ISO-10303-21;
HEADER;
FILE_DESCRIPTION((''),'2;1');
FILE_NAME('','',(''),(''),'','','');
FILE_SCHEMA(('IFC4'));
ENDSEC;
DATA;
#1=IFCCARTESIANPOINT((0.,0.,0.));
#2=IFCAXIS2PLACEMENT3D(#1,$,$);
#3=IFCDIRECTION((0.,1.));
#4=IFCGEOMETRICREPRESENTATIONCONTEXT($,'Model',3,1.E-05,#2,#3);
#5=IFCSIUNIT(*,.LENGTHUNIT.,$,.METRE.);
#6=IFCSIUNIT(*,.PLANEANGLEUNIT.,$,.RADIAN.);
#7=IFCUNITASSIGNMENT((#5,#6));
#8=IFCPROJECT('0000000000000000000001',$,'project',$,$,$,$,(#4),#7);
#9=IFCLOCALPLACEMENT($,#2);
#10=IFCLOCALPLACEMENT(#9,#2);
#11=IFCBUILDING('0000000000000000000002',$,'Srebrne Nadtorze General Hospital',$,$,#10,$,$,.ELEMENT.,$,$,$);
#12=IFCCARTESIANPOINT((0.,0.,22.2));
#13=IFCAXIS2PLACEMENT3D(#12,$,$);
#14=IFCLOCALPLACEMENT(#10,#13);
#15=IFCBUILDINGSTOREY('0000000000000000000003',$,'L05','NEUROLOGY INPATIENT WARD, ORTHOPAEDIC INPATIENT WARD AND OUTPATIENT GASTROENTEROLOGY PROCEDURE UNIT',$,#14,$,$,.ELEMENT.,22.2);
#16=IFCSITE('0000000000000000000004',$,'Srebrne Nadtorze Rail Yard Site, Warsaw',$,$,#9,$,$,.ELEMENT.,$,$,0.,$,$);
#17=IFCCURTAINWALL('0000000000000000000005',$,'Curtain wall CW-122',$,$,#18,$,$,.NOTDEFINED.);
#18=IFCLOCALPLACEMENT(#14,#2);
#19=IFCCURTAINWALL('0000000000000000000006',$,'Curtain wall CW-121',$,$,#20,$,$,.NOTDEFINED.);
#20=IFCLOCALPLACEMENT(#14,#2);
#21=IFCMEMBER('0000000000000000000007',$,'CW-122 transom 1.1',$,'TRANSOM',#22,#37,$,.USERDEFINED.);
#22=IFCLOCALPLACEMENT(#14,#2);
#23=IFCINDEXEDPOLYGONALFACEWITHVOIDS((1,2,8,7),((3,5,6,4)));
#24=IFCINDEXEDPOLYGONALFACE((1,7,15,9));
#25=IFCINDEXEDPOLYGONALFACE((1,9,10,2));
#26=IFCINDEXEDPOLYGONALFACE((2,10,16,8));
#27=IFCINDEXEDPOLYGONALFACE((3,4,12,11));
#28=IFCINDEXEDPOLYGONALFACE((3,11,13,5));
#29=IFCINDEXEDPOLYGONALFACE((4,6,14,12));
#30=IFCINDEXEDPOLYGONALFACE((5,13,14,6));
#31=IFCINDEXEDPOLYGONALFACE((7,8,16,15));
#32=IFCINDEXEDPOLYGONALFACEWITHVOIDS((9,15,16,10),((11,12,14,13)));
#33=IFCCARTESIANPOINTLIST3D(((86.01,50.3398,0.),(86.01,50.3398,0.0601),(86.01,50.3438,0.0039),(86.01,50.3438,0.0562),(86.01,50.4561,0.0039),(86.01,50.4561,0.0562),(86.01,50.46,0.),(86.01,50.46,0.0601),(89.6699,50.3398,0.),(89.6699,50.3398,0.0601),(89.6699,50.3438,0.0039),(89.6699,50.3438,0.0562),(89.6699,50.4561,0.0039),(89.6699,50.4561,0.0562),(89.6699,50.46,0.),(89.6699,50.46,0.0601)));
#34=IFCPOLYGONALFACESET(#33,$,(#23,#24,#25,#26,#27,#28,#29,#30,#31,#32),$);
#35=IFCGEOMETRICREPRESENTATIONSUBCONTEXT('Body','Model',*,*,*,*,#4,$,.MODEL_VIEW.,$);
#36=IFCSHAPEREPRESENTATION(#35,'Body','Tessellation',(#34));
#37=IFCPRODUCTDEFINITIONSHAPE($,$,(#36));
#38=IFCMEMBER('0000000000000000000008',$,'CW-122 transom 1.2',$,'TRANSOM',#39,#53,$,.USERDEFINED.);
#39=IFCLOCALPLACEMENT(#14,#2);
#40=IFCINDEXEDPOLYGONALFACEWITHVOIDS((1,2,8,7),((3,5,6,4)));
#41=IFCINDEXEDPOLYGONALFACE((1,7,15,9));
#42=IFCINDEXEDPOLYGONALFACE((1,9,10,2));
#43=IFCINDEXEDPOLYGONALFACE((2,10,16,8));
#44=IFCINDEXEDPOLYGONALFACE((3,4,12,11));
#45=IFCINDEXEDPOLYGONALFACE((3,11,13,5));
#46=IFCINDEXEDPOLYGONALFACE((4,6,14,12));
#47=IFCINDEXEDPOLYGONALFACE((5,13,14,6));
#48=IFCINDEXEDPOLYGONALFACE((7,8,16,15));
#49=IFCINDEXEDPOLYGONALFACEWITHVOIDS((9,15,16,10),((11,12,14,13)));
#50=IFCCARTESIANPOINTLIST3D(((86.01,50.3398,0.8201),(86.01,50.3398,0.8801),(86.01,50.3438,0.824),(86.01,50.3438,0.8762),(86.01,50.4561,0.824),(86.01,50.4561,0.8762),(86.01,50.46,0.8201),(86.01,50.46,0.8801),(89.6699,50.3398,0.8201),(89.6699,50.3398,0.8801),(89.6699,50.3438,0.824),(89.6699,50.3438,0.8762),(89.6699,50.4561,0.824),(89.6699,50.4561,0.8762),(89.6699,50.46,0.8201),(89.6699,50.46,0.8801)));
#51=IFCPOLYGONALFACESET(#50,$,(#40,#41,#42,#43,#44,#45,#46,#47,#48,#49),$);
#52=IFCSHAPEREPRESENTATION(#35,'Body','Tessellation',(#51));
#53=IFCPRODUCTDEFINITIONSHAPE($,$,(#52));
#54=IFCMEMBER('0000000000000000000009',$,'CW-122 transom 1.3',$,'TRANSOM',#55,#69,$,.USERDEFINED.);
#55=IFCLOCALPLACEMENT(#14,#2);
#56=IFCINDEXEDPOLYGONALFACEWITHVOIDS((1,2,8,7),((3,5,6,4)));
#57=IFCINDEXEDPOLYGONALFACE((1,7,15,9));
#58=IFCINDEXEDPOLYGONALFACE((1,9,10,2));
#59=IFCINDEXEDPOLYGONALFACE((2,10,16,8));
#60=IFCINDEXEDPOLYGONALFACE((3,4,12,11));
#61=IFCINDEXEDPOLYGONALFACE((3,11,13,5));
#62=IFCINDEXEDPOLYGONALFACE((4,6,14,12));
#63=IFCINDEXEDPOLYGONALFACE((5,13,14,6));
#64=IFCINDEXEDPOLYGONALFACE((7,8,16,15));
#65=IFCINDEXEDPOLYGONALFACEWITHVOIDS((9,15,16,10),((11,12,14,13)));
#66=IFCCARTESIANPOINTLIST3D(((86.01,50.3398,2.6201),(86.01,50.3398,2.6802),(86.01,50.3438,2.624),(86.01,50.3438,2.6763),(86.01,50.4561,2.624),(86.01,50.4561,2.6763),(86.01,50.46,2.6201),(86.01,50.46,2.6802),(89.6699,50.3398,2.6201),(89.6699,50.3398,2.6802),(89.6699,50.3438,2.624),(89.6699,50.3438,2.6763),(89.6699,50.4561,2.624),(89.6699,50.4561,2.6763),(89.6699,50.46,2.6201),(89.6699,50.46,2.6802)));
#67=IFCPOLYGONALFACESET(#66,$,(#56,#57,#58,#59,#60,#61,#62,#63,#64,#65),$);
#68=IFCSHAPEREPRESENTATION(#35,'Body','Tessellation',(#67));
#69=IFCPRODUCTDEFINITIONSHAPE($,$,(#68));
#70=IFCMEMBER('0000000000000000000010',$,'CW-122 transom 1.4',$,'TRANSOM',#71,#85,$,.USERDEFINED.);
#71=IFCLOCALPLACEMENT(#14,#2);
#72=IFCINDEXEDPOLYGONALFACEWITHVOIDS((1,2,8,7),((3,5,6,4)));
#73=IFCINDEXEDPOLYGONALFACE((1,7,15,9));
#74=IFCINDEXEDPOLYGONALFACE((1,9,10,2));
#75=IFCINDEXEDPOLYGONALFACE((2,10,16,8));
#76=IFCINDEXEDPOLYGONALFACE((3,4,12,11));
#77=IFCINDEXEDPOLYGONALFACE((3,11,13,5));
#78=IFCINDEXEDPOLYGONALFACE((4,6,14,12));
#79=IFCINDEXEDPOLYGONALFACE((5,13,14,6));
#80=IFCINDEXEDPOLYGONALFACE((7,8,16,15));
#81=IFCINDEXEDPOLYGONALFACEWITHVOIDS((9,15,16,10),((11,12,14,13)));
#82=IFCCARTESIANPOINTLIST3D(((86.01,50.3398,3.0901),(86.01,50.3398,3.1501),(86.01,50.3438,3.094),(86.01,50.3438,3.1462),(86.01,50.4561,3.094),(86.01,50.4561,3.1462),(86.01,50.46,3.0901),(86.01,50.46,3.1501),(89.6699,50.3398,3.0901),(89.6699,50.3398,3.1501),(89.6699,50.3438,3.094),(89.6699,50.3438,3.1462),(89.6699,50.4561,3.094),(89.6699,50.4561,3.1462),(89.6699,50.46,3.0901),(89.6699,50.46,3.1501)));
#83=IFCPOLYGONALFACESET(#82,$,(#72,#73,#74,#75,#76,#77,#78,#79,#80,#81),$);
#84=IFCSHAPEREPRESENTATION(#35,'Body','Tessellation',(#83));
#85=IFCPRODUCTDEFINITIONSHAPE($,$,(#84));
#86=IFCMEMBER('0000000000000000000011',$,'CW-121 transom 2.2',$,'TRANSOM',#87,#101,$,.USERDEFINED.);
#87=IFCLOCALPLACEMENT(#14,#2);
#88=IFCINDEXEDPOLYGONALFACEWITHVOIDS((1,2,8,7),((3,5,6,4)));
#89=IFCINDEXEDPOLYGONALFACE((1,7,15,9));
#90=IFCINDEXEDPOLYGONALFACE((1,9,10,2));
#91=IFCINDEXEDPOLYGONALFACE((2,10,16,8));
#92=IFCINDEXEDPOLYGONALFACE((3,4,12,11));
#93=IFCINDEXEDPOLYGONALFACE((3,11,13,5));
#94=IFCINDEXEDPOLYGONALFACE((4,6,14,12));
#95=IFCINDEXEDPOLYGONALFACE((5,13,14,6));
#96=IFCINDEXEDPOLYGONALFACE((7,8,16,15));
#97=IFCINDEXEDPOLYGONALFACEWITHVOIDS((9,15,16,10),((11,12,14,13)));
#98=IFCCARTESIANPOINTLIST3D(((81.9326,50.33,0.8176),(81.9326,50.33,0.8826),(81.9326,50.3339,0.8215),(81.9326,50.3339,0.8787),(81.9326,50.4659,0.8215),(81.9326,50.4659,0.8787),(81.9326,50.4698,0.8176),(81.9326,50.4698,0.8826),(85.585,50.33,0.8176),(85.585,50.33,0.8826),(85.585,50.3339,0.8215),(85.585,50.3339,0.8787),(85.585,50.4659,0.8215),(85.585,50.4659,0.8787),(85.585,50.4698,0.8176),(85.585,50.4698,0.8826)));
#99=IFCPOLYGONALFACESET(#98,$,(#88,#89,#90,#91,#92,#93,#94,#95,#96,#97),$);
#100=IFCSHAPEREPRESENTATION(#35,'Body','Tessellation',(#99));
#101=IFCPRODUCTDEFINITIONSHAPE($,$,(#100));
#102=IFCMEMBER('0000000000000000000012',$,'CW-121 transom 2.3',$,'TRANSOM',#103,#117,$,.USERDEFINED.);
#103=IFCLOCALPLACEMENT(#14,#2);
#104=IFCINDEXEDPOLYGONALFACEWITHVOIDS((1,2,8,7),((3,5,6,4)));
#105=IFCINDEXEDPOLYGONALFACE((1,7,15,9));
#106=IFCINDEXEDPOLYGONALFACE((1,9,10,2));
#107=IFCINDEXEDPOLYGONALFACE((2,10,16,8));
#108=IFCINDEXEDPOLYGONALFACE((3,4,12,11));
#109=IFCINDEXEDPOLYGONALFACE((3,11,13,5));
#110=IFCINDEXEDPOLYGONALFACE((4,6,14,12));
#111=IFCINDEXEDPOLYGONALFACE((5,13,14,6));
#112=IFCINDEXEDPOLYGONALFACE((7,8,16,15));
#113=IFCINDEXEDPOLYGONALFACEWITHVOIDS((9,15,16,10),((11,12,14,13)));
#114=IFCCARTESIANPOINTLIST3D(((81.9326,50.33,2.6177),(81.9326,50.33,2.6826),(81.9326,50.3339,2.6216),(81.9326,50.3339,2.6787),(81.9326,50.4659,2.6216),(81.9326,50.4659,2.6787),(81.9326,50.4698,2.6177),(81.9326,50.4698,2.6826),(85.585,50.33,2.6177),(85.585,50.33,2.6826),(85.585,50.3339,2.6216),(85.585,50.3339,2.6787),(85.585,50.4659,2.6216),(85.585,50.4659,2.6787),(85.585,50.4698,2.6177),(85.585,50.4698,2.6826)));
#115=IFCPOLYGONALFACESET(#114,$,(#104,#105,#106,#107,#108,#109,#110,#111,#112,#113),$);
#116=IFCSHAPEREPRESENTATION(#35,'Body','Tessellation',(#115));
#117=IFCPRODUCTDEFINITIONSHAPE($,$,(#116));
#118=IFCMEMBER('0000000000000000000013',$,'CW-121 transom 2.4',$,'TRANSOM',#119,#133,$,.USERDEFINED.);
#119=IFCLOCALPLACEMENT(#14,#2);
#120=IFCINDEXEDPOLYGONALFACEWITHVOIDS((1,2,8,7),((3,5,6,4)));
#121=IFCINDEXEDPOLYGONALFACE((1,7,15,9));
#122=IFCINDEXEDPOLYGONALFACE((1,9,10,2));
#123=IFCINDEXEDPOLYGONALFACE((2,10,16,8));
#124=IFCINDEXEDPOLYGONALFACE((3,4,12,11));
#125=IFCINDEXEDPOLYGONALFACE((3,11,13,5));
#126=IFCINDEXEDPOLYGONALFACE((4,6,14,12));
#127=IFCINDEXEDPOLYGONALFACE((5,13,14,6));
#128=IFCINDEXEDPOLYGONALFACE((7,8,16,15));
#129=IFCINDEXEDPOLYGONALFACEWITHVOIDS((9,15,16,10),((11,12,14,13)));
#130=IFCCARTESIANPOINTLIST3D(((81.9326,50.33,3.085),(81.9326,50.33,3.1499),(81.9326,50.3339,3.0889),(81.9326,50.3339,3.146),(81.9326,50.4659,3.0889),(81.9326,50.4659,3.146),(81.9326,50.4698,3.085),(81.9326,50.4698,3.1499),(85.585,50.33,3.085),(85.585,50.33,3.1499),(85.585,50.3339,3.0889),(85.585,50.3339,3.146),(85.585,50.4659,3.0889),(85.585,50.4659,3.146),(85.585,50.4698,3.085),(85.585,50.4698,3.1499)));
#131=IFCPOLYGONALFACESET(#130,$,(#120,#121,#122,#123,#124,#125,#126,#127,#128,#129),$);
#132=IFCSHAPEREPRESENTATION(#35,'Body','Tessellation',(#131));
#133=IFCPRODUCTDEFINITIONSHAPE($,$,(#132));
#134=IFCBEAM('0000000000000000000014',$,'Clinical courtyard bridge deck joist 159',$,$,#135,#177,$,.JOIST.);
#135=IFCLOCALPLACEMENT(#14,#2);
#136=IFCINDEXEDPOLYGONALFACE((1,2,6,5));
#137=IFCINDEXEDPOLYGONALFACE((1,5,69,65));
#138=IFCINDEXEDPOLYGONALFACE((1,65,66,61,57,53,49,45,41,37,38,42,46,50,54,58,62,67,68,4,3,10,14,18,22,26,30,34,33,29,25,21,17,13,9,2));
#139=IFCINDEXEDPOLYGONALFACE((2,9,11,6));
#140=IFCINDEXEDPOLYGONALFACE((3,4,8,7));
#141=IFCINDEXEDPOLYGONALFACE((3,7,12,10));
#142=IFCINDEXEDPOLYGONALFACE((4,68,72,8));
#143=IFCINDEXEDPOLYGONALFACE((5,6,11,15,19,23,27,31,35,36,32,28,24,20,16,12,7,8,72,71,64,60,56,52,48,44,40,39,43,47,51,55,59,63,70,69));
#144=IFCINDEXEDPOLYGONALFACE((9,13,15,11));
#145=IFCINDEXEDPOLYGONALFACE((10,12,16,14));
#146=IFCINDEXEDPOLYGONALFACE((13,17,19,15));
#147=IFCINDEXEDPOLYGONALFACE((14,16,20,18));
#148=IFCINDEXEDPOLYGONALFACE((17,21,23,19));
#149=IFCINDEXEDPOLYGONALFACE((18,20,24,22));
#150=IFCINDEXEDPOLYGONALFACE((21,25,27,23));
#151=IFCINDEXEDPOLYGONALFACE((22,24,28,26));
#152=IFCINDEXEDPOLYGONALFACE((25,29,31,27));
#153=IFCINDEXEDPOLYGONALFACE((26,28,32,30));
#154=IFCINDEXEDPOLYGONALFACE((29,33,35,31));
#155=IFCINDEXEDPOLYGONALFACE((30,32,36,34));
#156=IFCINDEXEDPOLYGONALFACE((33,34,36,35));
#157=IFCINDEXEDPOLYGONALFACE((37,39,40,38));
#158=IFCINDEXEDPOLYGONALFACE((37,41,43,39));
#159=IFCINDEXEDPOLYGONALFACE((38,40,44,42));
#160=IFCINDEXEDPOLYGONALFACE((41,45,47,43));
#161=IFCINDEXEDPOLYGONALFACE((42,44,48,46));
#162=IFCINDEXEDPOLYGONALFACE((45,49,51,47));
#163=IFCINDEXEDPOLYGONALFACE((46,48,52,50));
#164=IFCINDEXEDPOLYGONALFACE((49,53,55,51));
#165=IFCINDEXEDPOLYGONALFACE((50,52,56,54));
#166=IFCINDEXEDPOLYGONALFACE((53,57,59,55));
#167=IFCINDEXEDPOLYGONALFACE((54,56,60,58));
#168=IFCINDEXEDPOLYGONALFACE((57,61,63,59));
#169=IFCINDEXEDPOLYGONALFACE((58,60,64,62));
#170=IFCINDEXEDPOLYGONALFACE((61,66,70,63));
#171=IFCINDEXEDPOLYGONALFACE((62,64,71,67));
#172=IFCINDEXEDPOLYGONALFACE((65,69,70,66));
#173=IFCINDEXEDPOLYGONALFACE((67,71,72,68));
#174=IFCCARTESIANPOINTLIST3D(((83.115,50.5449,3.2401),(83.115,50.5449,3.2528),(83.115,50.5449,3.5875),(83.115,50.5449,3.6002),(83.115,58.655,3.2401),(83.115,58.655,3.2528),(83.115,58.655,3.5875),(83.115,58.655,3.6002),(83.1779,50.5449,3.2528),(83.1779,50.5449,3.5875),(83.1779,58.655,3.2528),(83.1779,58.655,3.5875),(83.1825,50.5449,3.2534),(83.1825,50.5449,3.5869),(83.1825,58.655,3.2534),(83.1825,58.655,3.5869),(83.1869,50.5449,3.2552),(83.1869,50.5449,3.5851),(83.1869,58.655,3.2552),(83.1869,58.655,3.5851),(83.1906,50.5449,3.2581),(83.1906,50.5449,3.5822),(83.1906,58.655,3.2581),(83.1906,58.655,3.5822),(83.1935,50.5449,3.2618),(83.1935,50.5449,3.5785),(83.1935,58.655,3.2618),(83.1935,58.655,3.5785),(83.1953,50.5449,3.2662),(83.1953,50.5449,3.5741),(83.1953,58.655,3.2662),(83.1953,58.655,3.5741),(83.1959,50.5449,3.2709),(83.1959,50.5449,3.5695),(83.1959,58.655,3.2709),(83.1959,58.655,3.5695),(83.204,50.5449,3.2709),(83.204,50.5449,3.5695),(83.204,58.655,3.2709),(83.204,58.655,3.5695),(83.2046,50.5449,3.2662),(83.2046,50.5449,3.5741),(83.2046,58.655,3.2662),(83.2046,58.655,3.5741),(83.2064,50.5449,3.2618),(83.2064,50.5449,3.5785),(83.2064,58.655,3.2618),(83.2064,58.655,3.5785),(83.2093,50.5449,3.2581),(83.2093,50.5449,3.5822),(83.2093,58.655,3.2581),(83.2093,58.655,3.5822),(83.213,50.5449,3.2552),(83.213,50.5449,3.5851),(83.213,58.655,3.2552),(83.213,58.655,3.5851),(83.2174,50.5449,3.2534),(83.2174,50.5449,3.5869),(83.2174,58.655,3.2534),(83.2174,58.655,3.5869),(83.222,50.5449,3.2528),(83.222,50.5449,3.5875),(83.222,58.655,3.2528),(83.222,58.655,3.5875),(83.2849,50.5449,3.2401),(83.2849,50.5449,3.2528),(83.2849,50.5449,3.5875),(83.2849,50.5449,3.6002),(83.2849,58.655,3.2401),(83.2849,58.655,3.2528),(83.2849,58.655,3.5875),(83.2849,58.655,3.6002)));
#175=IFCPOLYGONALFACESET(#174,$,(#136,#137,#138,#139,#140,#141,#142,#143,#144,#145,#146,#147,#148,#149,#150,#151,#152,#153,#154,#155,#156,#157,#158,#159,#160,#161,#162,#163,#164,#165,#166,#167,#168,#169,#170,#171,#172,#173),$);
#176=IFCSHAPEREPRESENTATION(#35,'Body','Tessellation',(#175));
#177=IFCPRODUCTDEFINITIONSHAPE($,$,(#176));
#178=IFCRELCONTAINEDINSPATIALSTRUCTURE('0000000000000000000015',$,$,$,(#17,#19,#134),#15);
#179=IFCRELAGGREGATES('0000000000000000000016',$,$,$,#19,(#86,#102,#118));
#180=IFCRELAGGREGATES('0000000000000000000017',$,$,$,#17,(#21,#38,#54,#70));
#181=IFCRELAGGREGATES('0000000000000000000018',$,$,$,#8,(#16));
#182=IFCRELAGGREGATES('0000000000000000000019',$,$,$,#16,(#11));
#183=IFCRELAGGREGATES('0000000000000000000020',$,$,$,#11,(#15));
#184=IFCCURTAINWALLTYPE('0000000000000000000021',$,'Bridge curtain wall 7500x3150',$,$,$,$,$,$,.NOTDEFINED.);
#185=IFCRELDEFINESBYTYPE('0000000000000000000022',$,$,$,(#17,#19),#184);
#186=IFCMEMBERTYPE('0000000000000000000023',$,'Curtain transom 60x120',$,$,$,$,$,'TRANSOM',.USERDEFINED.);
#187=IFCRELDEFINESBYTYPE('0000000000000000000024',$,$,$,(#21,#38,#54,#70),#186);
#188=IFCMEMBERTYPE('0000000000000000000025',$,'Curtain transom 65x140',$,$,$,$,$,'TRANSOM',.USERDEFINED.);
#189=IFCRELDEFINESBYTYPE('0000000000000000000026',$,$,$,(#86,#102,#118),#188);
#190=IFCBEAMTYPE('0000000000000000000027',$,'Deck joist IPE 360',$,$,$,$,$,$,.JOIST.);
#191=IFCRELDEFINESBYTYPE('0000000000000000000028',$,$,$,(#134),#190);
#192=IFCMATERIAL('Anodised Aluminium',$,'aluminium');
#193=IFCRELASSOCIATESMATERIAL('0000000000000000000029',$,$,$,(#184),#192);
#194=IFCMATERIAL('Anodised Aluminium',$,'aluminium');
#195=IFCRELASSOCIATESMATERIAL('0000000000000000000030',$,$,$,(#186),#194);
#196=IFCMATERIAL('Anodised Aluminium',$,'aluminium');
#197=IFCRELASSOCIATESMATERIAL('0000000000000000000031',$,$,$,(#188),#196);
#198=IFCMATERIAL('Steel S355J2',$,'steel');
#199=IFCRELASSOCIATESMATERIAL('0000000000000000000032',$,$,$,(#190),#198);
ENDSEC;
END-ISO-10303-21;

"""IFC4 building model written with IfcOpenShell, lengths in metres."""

from ifc_helpers import new_model, si_unit, direction, frame, origin, origin_2d, place, context, subcontext, project, spatial, hollow_rectangle, i_section, extrude, material, material_profile, profile_set, type_object, element, aggregate, save


model = new_model("IFC4")

# Units and contexts
model_context = context("Model", 3, precision=1e-05, world=origin(), true_north=direction((0.0, 1.0)))
body_context = subcontext(model_context, "Body", "Model", "MODEL_VIEW")
ifc_project = project(units=[si_unit("LENGTHUNIT", "METRE"), si_unit("PLANEANGLEUNIT", "RADIAN")], contexts=[model_context])

# Site, building, storey
site_placement = place(None, origin())
site = spatial("IfcSite", under=ifc_project, at=site_placement, Name="Srebrne Nadtorze Rail Yard Site, Warsaw", CompositionType="ELEMENT", RefElevation=0.0)
building_placement = place(site_placement, origin())
building = spatial("IfcBuilding", under=site, at=building_placement, Name="Srebrne Nadtorze General Hospital", CompositionType="ELEMENT")
storey_placement = place(building_placement, frame((0.0, 0.0, 22.2)))
storey = spatial("IfcBuildingStorey", under=building, at=storey_placement, Name="L05", Description="NEUROLOGY INPATIENT WARD, ORTHOPAEDIC INPATIENT WARD AND OUTPATIENT GASTROENTEROLOGY PROCEDURE UNIT", CompositionType="ELEMENT", Elevation=22.2)

# Curtain walls
ifc_material_1 = material(Name="Anodised Aluminium", Category="aluminium")
curtain_wall_type = type_object("IfcCurtainWallType", Name="Bridge curtain wall 7500x3150", PredefinedType="NOTDEFINED", material=ifc_material_1)
curtain_wall_1_placement = place(storey_placement, origin())
curtain_wall_1 = element("IfcCurtainWall", 1, at=curtain_wall_1_placement, inside=storey, type_object=curtain_wall_type, Name="Curtain wall CW-122", PredefinedType="NOTDEFINED")
curtain_wall_2_placement = place(storey_placement, origin())
curtain_wall_2 = element("IfcCurtainWall", 2, at=curtain_wall_2_placement, inside=storey, type_object=curtain_wall_type, Name="Curtain wall CW-121", PredefinedType="NOTDEFINED")

# Members
ifc_material_2 = material(Name="Anodised Aluminium", Category="aluminium")
ifc_material_profile_1 = material_profile(ifc_material_2, hollow_rectangle(XDim=0.0601, YDim=0.1201, WallThickness=0.0039, at=origin_2d()), Name="AL-TRN-60x120")
ifc_profile_set_1 = profile_set([ifc_material_profile_1], Name="Anodised Aluminium")
member_type_1 = type_object("IfcMemberType", Name="Curtain transom 60x120", ElementType="TRANSOM", PredefinedType="USERDEFINED", material=ifc_profile_set_1)
member_1_placement = place(storey_placement, frame((86.01, 50.3999, 0.03), z_axis=(1.0, 0.0, 0.0), x_axis=(0.0, 0.0, 1.0)))
member_1 = element("IfcMember", 3, at=member_1_placement, type_object=member_type_1, Name="CW-122 transom 1.1", ObjectType="TRANSOM", PredefinedType="USERDEFINED", context=body_context, shape_type="SweptSolid", body=[
    extrude(hollow_rectangle(XDim=0.0601, YDim=0.1201, WallThickness=0.0039, at=origin_2d()), origin(), (0.0, 0.0, 1.0), 3.6599),
])
member_2_placement = place(storey_placement, frame((86.01, 50.3999, 0.8501), z_axis=(1.0, 0.0, 0.0), x_axis=(0.0, 0.0, 1.0)))
member_2 = element("IfcMember", 4, at=member_2_placement, type_object=member_type_1, Name="CW-122 transom 1.2", ObjectType="TRANSOM", PredefinedType="USERDEFINED", context=body_context, shape_type="SweptSolid", body=[
    extrude(hollow_rectangle(XDim=0.0601, YDim=0.1201, WallThickness=0.0039, at=origin_2d()), origin(), (0.0, 0.0, 1.0), 3.6599),
])
member_3_placement = place(storey_placement, frame((86.01, 50.3999, 2.6501), z_axis=(1.0, 0.0, 0.0), x_axis=(0.0, 0.0, 1.0)))
member_3 = element("IfcMember", 5, at=member_3_placement, type_object=member_type_1, Name="CW-122 transom 1.3", ObjectType="TRANSOM", PredefinedType="USERDEFINED", context=body_context, shape_type="SweptSolid", body=[
    extrude(hollow_rectangle(XDim=0.0601, YDim=0.1201, WallThickness=0.0039, at=origin_2d()), origin(), (0.0, 0.0, 1.0), 3.6599),
])
member_4_placement = place(storey_placement, frame((86.01, 50.3999, 3.1201), z_axis=(1.0, 0.0, 0.0), x_axis=(0.0, 0.0, 1.0)))
member_4 = element("IfcMember", 6, at=member_4_placement, type_object=member_type_1, Name="CW-122 transom 1.4", ObjectType="TRANSOM", PredefinedType="USERDEFINED", context=body_context, shape_type="SweptSolid", body=[
    extrude(hollow_rectangle(XDim=0.0601, YDim=0.1201, WallThickness=0.0039, at=origin_2d()), origin(), (0.0, 0.0, 1.0), 3.6599),
])
ifc_material_3 = material(Name="Anodised Aluminium", Category="aluminium")
ifc_material_profile_2 = material_profile(ifc_material_3, hollow_rectangle(XDim=0.0649, YDim=0.1399, WallThickness=0.0039, at=origin_2d()), Name="AL-TRN-65x140")
ifc_profile_set_2 = profile_set([ifc_material_profile_2], Name="Anodised Aluminium")
member_type_2 = type_object("IfcMemberType", Name="Curtain transom 65x140", ElementType="TRANSOM", PredefinedType="USERDEFINED", material=ifc_profile_set_2)
member_5_placement = place(storey_placement, frame((81.9326, 50.3999, 0.8501), z_axis=(1.0, 0.0, 0.0), x_axis=(0.0, 0.0, 1.0)))
member_5 = element("IfcMember", 7, at=member_5_placement, type_object=member_type_2, Name="CW-121 transom 2.2", ObjectType="TRANSOM", PredefinedType="USERDEFINED", context=body_context, shape_type="SweptSolid", body=[
    extrude(hollow_rectangle(XDim=0.0649, YDim=0.1399, WallThickness=0.0039, at=origin_2d()), origin(), (0.0, 0.0, 1.0), 3.6523),
])
member_6_placement = place(storey_placement, frame((81.9326, 50.3999, 2.6501), z_axis=(1.0, 0.0, 0.0), x_axis=(0.0, 0.0, 1.0)))
member_6 = element("IfcMember", 8, at=member_6_placement, type_object=member_type_2, Name="CW-121 transom 2.3", ObjectType="TRANSOM", PredefinedType="USERDEFINED", context=body_context, shape_type="SweptSolid", body=[
    extrude(hollow_rectangle(XDim=0.0649, YDim=0.1399, WallThickness=0.0039, at=origin_2d()), origin(), (0.0, 0.0, 1.0), 3.6523),
])
member_7_placement = place(storey_placement, frame((81.9326, 50.3999, 3.1174), z_axis=(1.0, 0.0, 0.0), x_axis=(0.0, 0.0, 1.0)))
member_7 = element("IfcMember", 9, at=member_7_placement, type_object=member_type_2, Name="CW-121 transom 2.4", ObjectType="TRANSOM", PredefinedType="USERDEFINED", context=body_context, shape_type="SweptSolid", body=[
    extrude(hollow_rectangle(XDim=0.0649, YDim=0.1399, WallThickness=0.0039, at=origin_2d()), origin(), (0.0, 0.0, 1.0), 3.6523),
])

# Beam
ifc_material_4 = material(Name="Steel S355J2", Category="steel")
ifc_material_profile_3 = material_profile(ifc_material_4, i_section(OverallWidth=0.1699, OverallDepth=0.3601, WebThickness=0.0081, FlangeThickness=0.0127, FilletRadius=0.0181, at=origin_2d()), Name="IPE-360")
ifc_profile_set_3 = profile_set([ifc_material_profile_3], Name="Steel S355J2")
beam_type_1 = type_object("IfcBeamType", Name="Deck joist IPE 360", PredefinedType="JOIST", material=ifc_profile_set_3)
beam_1_placement = place(storey_placement, frame((83.2, 50.5449, 3.4202), z_axis=(0.0, 1.0, 0.0), x_axis=(-1.0, 0.0, 0.0)))
element("IfcBeam", 10, at=beam_1_placement, inside=storey, type_object=beam_type_1, Name="Clinical courtyard bridge deck joist 159", PredefinedType="JOIST", context=body_context, shape_type="SweptSolid", body=[
    extrude(i_section(OverallWidth=0.1699, OverallDepth=0.3601, WebThickness=0.0081, FlangeThickness=0.0127, FilletRadius=0.0181, at=origin_2d()), origin(), (0.0, 0.0, 1.0), 8.1101),
])

aggregate(curtain_wall_2, [member_5, member_6, member_7])
aggregate(curtain_wall_1, [member_1, member_2, member_3, member_4])

save(model, "model.ifc")
